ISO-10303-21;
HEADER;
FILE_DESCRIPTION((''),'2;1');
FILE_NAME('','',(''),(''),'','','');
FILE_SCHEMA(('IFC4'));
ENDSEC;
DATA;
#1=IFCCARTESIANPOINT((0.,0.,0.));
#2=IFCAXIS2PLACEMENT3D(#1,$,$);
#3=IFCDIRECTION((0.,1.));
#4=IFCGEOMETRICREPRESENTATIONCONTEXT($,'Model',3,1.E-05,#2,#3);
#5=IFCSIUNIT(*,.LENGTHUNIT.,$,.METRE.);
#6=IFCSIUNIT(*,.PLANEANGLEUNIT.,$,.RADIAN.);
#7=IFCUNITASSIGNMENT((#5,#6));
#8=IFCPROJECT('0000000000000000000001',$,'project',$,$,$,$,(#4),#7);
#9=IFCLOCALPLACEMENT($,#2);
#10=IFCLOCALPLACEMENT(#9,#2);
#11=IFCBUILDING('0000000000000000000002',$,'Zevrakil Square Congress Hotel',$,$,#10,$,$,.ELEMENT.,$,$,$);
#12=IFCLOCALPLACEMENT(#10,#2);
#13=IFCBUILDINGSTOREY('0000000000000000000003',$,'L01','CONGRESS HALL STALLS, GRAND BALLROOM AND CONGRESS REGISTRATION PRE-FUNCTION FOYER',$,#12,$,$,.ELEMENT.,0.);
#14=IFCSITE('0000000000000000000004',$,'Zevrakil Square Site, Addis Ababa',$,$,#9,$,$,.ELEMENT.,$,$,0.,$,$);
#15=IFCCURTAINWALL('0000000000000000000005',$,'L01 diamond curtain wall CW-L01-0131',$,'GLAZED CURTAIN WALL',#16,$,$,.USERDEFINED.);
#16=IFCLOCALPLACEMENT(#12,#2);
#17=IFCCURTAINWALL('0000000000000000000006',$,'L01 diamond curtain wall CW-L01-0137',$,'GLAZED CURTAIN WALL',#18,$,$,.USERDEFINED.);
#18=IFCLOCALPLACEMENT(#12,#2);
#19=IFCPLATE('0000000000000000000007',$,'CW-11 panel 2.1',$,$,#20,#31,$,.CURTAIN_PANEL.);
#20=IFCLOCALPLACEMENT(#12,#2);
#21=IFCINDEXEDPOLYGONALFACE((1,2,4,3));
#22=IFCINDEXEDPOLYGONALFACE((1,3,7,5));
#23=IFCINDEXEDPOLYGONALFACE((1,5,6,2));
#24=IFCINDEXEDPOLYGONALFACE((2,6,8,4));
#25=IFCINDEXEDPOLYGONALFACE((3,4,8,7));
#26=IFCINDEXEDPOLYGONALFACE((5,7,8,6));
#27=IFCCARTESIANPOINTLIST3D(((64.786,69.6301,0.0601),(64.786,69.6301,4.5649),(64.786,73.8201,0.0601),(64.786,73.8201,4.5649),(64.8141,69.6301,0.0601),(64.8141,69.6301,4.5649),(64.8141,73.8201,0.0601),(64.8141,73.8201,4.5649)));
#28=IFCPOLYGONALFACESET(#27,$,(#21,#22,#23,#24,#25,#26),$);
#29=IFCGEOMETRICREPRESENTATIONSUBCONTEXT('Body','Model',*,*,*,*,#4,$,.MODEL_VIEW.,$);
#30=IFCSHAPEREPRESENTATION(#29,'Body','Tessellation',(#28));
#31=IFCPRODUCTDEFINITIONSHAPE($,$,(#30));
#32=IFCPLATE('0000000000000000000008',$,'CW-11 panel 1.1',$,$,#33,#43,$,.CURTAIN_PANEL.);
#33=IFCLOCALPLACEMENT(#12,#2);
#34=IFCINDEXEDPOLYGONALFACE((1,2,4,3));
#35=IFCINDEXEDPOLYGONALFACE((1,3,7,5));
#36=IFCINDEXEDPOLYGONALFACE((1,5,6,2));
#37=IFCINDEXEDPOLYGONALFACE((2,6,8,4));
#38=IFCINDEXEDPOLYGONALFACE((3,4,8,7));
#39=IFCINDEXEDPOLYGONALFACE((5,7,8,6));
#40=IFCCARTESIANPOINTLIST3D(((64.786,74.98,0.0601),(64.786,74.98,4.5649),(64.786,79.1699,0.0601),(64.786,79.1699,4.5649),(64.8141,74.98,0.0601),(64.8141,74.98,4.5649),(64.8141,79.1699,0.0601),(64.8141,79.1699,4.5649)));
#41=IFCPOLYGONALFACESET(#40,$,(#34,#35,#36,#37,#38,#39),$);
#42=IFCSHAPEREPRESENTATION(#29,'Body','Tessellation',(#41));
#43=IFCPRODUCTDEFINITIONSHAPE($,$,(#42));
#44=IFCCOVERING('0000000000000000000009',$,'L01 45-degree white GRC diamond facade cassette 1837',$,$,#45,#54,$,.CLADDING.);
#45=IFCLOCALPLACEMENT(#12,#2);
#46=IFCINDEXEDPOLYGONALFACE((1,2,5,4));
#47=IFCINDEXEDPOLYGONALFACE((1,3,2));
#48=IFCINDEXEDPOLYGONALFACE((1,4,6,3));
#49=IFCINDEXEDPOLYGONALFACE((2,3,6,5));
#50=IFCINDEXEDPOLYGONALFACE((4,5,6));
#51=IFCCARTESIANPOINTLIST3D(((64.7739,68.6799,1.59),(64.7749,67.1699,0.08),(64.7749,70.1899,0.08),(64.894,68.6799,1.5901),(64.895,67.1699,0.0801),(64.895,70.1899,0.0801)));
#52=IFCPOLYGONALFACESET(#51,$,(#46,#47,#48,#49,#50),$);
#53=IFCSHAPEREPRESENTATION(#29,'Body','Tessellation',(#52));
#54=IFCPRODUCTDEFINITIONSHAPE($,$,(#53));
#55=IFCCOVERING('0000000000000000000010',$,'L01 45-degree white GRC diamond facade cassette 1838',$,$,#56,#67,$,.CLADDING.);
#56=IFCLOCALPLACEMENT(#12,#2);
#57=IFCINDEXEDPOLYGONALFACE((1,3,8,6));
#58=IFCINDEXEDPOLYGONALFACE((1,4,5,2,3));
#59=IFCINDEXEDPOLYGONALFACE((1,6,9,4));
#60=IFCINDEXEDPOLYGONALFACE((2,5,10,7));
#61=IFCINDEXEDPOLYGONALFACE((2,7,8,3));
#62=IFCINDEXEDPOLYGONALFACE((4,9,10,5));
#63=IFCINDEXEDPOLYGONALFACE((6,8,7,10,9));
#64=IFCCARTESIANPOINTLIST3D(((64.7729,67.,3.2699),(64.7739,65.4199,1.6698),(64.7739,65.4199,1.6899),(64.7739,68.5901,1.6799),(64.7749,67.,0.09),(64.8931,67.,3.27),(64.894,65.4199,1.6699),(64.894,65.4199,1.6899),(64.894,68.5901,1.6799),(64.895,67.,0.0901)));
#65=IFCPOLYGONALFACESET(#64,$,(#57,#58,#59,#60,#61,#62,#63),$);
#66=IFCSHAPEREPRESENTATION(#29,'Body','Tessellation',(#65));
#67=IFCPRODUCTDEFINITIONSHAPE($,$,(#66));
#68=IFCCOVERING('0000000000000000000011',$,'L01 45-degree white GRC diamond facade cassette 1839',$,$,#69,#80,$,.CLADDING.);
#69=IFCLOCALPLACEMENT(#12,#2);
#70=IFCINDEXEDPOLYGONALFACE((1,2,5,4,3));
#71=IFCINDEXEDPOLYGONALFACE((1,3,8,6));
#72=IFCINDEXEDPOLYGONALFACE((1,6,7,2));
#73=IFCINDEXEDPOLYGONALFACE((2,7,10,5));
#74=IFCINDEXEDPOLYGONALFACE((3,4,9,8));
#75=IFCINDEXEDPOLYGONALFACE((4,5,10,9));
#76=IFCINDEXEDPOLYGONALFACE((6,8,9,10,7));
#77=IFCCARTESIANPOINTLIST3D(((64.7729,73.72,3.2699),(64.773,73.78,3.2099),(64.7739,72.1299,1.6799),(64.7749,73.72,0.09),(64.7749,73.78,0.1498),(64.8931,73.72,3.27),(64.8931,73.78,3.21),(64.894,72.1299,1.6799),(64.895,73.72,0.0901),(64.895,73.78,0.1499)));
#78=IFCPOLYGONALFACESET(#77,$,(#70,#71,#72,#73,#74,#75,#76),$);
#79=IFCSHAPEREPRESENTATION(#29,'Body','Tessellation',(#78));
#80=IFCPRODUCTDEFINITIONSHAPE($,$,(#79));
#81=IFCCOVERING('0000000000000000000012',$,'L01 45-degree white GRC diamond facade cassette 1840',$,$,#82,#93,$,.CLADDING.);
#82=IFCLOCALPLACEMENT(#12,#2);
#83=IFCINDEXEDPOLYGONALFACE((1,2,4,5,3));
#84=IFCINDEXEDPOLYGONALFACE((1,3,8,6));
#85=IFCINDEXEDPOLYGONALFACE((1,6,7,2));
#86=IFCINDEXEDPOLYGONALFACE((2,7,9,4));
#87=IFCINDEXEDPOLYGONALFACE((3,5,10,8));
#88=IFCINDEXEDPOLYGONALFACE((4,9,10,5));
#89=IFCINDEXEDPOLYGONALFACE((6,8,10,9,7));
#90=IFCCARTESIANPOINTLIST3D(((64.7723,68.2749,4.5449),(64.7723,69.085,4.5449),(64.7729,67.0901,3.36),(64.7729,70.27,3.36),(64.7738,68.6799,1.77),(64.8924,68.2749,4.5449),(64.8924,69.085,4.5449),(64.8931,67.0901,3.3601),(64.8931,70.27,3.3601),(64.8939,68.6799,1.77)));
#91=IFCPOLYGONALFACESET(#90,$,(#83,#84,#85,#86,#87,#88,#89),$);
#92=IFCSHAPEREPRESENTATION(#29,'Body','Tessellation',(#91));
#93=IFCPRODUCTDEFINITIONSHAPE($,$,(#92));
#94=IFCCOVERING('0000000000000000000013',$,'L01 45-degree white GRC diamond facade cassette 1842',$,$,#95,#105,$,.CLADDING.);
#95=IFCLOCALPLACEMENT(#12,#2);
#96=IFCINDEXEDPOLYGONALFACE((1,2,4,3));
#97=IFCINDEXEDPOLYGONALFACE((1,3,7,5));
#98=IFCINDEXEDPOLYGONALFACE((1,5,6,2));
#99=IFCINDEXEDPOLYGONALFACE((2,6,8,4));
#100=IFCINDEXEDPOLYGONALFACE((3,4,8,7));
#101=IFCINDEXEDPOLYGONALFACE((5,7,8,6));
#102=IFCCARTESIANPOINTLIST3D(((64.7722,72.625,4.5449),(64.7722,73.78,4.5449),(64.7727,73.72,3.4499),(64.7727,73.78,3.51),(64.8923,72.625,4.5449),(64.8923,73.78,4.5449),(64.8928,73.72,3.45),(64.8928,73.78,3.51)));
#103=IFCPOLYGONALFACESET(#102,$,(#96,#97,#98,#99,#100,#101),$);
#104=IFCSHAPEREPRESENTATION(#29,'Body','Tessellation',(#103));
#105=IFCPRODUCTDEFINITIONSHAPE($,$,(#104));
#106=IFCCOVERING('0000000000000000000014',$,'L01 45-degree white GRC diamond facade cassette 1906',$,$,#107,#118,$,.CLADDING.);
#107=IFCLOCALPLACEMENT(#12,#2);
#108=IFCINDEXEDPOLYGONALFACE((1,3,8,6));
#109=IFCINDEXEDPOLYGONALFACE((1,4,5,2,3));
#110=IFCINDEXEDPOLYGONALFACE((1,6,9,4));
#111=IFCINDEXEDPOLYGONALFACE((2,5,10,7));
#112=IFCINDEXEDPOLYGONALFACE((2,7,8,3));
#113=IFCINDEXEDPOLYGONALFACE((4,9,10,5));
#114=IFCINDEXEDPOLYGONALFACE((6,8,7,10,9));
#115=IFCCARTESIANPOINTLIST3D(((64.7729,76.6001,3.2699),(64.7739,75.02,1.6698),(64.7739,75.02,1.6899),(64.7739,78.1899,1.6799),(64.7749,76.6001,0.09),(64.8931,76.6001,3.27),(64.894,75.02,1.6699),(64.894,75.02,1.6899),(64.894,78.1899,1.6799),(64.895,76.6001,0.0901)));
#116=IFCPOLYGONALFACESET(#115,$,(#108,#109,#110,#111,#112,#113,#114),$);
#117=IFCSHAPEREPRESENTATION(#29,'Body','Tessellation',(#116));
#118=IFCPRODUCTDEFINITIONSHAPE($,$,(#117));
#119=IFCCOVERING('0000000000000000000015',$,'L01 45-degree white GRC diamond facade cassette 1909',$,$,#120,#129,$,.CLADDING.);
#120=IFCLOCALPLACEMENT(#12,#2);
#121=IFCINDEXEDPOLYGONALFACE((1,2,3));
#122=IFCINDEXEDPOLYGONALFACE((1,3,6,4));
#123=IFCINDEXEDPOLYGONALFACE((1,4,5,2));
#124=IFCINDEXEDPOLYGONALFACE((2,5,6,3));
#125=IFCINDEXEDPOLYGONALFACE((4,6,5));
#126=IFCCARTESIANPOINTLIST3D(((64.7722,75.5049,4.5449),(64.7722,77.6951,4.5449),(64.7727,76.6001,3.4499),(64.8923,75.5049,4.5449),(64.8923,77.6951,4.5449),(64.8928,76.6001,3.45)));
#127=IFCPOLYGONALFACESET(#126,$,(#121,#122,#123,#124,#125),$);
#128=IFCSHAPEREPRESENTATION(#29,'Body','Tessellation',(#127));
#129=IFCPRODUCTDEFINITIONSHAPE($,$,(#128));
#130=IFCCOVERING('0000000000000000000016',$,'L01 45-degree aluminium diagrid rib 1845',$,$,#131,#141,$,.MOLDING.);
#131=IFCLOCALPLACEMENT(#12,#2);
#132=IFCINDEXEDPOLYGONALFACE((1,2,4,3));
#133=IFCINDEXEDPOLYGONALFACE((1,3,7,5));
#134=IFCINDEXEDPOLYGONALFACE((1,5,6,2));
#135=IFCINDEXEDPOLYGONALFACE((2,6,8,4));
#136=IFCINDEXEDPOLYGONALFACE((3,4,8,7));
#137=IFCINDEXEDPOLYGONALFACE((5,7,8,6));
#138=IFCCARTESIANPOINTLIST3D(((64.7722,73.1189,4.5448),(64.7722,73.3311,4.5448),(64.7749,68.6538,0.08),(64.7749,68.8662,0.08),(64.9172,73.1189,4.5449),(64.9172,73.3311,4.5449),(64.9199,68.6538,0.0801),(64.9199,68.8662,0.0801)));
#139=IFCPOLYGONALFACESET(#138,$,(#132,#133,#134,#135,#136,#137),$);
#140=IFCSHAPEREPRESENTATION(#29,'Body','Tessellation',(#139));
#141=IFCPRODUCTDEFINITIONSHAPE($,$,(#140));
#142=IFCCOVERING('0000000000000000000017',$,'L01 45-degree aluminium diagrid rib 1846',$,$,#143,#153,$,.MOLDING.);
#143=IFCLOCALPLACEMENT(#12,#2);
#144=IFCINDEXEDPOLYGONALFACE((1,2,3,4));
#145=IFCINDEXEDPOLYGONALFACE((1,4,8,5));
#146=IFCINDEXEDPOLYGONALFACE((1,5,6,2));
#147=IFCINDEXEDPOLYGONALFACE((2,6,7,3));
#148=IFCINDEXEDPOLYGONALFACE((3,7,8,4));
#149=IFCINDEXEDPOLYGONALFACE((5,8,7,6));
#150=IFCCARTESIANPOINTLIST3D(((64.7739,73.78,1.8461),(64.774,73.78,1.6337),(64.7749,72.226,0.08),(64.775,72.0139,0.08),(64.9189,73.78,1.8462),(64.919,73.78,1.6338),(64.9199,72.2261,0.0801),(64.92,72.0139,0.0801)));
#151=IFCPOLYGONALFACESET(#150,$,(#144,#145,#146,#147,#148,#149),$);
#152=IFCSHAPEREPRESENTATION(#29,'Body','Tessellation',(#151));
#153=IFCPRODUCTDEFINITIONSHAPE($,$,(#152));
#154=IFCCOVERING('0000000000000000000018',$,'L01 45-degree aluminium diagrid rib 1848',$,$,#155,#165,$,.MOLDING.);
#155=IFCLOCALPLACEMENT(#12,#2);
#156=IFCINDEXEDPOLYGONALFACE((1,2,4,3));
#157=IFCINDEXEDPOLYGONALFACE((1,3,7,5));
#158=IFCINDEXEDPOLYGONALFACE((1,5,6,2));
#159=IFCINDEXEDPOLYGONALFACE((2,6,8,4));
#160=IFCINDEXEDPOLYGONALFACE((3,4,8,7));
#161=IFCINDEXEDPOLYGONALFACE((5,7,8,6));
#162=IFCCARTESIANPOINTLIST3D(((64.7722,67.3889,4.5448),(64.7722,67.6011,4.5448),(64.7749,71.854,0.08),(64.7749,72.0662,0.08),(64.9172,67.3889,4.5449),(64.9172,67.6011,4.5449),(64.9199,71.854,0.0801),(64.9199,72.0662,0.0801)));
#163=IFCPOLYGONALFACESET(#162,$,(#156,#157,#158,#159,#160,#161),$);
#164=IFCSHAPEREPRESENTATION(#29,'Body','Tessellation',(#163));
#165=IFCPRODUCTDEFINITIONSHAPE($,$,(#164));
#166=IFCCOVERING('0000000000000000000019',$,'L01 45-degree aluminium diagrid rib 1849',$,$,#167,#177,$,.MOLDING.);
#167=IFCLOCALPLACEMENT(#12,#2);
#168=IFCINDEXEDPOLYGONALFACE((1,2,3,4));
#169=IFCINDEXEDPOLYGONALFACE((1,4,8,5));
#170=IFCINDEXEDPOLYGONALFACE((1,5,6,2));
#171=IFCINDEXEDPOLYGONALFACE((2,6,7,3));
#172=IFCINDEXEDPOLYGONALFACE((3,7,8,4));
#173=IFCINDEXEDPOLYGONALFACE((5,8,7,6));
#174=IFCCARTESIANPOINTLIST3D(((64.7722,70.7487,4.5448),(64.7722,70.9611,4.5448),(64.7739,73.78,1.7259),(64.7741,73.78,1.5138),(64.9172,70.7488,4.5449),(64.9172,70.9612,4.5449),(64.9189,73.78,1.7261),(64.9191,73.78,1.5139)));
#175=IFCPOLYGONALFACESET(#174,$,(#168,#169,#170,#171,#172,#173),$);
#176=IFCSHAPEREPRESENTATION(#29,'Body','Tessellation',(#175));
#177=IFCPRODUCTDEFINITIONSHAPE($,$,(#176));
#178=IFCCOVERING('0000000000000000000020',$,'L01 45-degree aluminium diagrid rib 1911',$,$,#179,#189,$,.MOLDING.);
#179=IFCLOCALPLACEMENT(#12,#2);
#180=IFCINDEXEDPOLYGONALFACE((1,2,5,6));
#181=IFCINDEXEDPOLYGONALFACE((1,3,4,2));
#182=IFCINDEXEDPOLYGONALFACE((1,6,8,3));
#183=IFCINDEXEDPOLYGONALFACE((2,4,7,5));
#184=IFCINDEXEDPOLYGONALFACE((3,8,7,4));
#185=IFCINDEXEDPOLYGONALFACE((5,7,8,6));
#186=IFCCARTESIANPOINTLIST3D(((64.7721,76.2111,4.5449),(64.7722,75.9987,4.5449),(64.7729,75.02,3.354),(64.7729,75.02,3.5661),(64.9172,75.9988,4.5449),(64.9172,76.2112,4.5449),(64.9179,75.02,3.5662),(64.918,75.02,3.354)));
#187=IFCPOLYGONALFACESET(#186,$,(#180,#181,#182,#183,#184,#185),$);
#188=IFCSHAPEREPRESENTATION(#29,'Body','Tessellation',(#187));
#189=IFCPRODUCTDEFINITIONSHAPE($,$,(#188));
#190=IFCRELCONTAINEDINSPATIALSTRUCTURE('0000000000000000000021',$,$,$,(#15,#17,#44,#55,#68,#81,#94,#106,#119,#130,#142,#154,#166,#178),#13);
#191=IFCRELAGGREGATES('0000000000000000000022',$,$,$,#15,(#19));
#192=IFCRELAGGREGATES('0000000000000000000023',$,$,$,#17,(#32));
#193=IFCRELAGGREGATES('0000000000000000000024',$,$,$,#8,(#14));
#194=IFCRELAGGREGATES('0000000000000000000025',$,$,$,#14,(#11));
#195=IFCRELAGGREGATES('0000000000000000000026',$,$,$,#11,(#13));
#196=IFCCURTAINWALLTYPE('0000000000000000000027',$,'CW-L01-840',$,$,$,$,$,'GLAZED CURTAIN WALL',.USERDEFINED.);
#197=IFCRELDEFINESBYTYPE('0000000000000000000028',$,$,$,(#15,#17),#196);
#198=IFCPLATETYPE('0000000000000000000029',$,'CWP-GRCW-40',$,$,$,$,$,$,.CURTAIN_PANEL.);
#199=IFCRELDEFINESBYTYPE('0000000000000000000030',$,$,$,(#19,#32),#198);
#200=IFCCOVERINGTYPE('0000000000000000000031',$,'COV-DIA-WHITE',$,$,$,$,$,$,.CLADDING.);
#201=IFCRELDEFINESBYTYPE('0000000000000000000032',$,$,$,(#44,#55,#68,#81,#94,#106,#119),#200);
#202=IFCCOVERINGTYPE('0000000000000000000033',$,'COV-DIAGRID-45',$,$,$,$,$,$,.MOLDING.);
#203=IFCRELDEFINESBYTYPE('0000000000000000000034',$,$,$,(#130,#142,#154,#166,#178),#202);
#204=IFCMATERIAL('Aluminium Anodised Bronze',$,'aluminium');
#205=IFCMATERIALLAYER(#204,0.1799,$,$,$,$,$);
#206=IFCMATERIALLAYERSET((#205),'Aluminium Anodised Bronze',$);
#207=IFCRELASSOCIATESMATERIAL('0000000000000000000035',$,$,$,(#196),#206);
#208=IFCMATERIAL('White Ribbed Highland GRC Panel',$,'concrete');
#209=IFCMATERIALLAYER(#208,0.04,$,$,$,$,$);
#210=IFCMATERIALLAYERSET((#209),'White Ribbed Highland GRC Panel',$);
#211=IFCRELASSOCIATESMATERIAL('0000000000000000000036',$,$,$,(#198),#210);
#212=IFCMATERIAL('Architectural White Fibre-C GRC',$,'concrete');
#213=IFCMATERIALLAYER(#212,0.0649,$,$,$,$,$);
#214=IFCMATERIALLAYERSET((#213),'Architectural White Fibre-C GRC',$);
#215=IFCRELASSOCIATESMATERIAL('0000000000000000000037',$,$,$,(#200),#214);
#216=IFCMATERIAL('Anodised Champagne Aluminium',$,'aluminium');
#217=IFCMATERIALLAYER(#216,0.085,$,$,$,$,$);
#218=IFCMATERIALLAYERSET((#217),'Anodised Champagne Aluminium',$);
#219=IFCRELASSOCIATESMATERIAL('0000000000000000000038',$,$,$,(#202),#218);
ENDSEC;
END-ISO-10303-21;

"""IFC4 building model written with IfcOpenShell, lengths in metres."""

from ifc_helpers import new_model, si_unit, direction, frame, origin, origin_2d, place, context, subcontext, project, spatial, polyline, rectangle, outline, extrude, material, layer, layer_set, type_object, element, aggregate, save


model = new_model("IFC4")

# Units and contexts
model_context = context("Model", 3, precision=1e-05, world=origin(), true_north=direction((0.0, 1.0)))
body_context = subcontext(model_context, "Body", "Model", "MODEL_VIEW")
ifc_project = project(units=[si_unit("LENGTHUNIT", "METRE"), si_unit("PLANEANGLEUNIT", "RADIAN")], contexts=[model_context])

# Site, building, storey
site_placement = place(None, origin())
site = spatial("IfcSite", under=ifc_project, at=site_placement, Name="Zevrakil Square Site, Addis Ababa", CompositionType="ELEMENT", RefElevation=0.0)
building_placement = place(site_placement, origin())
building = spatial("IfcBuilding", under=site, at=building_placement, Name="Zevrakil Square Congress Hotel", CompositionType="ELEMENT")
storey_placement = place(building_placement, origin())
storey = spatial("IfcBuildingStorey", under=building, at=storey_placement, Name="L01", Description="CONGRESS HALL STALLS, GRAND BALLROOM AND CONGRESS REGISTRATION PRE-FUNCTION FOYER", CompositionType="ELEMENT", Elevation=0.0)

# Curtain walls
ifc_material_1 = material(Name="Aluminium Anodised Bronze", Category="aluminium")
ifc_layer_1 = layer(ifc_material_1, 0.1799)
ifc_layer_set_1 = layer_set([ifc_layer_1], Name="Aluminium Anodised Bronze")
curtain_wall_type = type_object("IfcCurtainWallType", Name="CW-L01-840", ElementType="GLAZED CURTAIN WALL", PredefinedType="USERDEFINED", material=ifc_layer_set_1)
curtain_wall_1_placement = place(storey_placement, origin())
curtain_wall_1 = element("IfcCurtainWall", 1, at=curtain_wall_1_placement, inside=storey, type_object=curtain_wall_type, Name="L01 diamond curtain wall CW-L01-0131", ObjectType="GLAZED CURTAIN WALL", PredefinedType="USERDEFINED")
curtain_wall_2_placement = place(storey_placement, origin())
curtain_wall_2 = element("IfcCurtainWall", 2, at=curtain_wall_2_placement, inside=storey, type_object=curtain_wall_type, Name="L01 diamond curtain wall CW-L01-0137", ObjectType="GLAZED CURTAIN WALL", PredefinedType="USERDEFINED")

# Plates
ifc_material_2 = material(Name="White Ribbed Highland GRC Panel", Category="concrete")
ifc_layer_2 = layer(ifc_material_2, 0.04)
ifc_layer_set_2 = layer_set([ifc_layer_2], Name="White Ribbed Highland GRC Panel")
plate_type = type_object("IfcPlateType", Name="CWP-GRCW-40", PredefinedType="CURTAIN_PANEL", material=ifc_layer_set_2)
plate_1_placement = place(storey_placement, frame((64.8, 71.7251, 0.0601), z_axis=(0.0, 0.0, 1.0), x_axis=(0.0, 1.0, 0.0)))
plate_1 = element("IfcPlate", 3, at=plate_1_placement, type_object=plate_type, Name="CW-11 panel 2.1", PredefinedType="CURTAIN_PANEL", context=body_context, shape_type="SweptSolid", body=[
    extrude(rectangle(XDim=4.1899, YDim=0.0281, at=origin_2d()), origin(), (0.0, 0.0, 1.0), 4.5049),
])
aggregate(curtain_wall_1, [plate_1])
plate_2_placement = place(storey_placement, frame((64.8, 77.075, 0.0601), z_axis=(0.0, 0.0, 1.0), x_axis=(0.0, 1.0, 0.0)))
plate_2 = element("IfcPlate", 4, at=plate_2_placement, type_object=plate_type, Name="CW-11 panel 1.1", PredefinedType="CURTAIN_PANEL", context=body_context, shape_type="SweptSolid", body=[
    extrude(rectangle(XDim=4.1899, YDim=0.0281, at=origin_2d()), origin(), (0.0, 0.0, 1.0), 4.5049),
])
aggregate(curtain_wall_2, [plate_2])

# Coverings
ifc_material_3 = material(Name="Architectural White Fibre-C GRC", Category="concrete")
ifc_layer_3 = layer(ifc_material_3, 0.0649)
ifc_layer_set_3 = layer_set([ifc_layer_3], Name="Architectural White Fibre-C GRC")
covering_type_1 = type_object("IfcCoveringType", Name="COV-DIA-WHITE", PredefinedType="CLADDING", material=ifc_layer_set_3)
covering_1_placement = place(storey_placement, frame((64.894, 68.6799, 1.5901), z_axis=(1.0, 0.0, 0.000647), x_axis=(0.000457, 0.707107, -0.707107)))
element("IfcCovering", 5, at=covering_1_placement, inside=storey, type_object=covering_type_1, Name="L01 45-degree white GRC diamond facade cassette 1837", PredefinedType="CLADDING", context=body_context, shape_type="SweptSolid", body=[
    extrude(outline(polyline([(0.0, 0.0), (2.1355, 0.0), (0.0, -2.1355), (0.0, 0.0)])), origin(), (0.0, 0.0, -1.0), 0.1201),
])
covering_2_placement = place(storey_placement, frame((64.8931, 67.0, 3.27), z_axis=(1.0, 0.0, 0.000612), x_axis=(0.000433, 0.707107, -0.707107)))
element("IfcCovering", 6, at=covering_2_placement, inside=storey, type_object=covering_type_1, Name="L01 45-degree white GRC diamond facade cassette 1838", PredefinedType="CLADDING", context=body_context, shape_type="SweptSolid", body=[
    extrude(outline(polyline([(0.0, 0.0), (2.2487, 0.0), (2.2486, -2.2486), (0.0142, -2.2487), (0.0, -2.2346), (0.0, 0.0)])), origin(), (0.0, 0.0, -1.0), 0.1201),
])
covering_3_placement = place(storey_placement, frame((64.895, 73.72, 0.0901), z_axis=(1.0, 0.0, 0.000615), x_axis=(-0.000435, -0.707161, 0.707052)))
element("IfcCovering", 7, at=covering_3_placement, inside=storey, type_object=covering_type_1, Name="L01 45-degree white GRC diamond facade cassette 1839", PredefinedType="CLADDING", context=body_context, shape_type="SweptSolid", body=[
    extrude(outline(polyline([(0.0, 0.0), (2.2486, 0.0), (2.2484, -2.2487), (2.1634, -2.2487), (-0.0002, -0.0848), (0.0, 0.0)])), origin(), (0.0, 0.0, -1.0), 0.1201),
])
covering_4_placement = place(storey_placement, frame((64.8931, 70.27, 3.3601), z_axis=(1.0, 0.0, 0.000537), x_axis=(0.00038, -0.707107, -0.707107)))
element("IfcCovering", 8, at=covering_4_placement, inside=storey, type_object=covering_type_1, Name="L01 45-degree white GRC diamond facade cassette 1840", PredefinedType="CLADDING", context=body_context, shape_type="SweptSolid", body=[
    extrude(outline(polyline([(0.0, 0.0), (2.2487, 0.0), (2.2486, -2.2486), (0.573, -2.2486), (0.0002, -1.6758), (0.0, 0.0)])), origin(), (0.0, 0.0, -1.0), 0.1201),
])
covering_5_placement = place(storey_placement, frame((64.8928, 73.72, 3.45), z_axis=(1.0, -0.000022, 0.000447), x_axis=(-0.000332, -0.707107, 0.707107)))
element("IfcCovering", 9, at=covering_5_placement, inside=storey, type_object=covering_type_1, Name="L01 45-degree white GRC diamond facade cassette 1842", PredefinedType="CLADDING", context=body_context, shape_type="SweptSolid", body=[
    extrude(outline(polyline([(0.0, 0.0), (1.5485, 0.0), (0.7318, -0.8167), (0.0, -0.0849), (0.0, 0.0)])), origin(), (0.0, 0.0, -1.0), 0.1201),
])
covering_6_placement = place(storey_placement, frame((64.8931, 76.6001, 3.27), z_axis=(1.0, 0.0, 0.000612), x_axis=(0.000433, 0.707052, -0.707161)))
element("IfcCovering", 10, at=covering_6_placement, inside=storey, type_object=covering_type_1, Name="L01 45-degree white GRC diamond facade cassette 1906", PredefinedType="CLADDING", context=body_context, shape_type="SweptSolid", body=[
    extrude(outline(polyline([(0.0, 0.0), (2.2486, 0.0), (2.2487, -2.2484), (0.0143, -2.2487), (0.0002, -2.2346), (0.0, 0.0)])), origin(), (0.0, 0.0, -1.0), 0.1201),
])
covering_7_placement = place(storey_placement, frame((64.8928, 76.6001, 3.45), z_axis=(1.0, 0.0, 0.000446), x_axis=(-0.000315, -0.707186, 0.707028)))
element("IfcCovering", 11, at=covering_7_placement, inside=storey, type_object=covering_type_1, Name="L01 45-degree white GRC diamond facade cassette 1909", PredefinedType="CLADDING", context=body_context, shape_type="SweptSolid", body=[
    extrude(outline(polyline([(0.0, 0.0), (1.5487, 0.0), (-0.0002, -1.5485), (0.0, 0.0)])), origin(), (0.0, 0.0, -1.0), 0.1201),
])
ifc_material_4 = material(Name="Anodised Champagne Aluminium", Category="aluminium")
ifc_layer_4 = layer(ifc_material_4, 0.085)
ifc_layer_set_4 = layer_set([ifc_layer_4], Name="Anodised Champagne Aluminium")
covering_type_2 = type_object("IfcCoveringType", Name="COV-DIAGRID-45", PredefinedType="MOLDING", material=ifc_layer_set_4)
covering_8_placement = place(storey_placement, frame((64.9199, 68.8662, 0.0801), z_axis=(1.0, 0.0, 0.000601), x_axis=(0.0, -1.0, 0.0)))
element("IfcCovering", 12, at=covering_8_placement, inside=storey, type_object=covering_type_2, Name="L01 45-degree aluminium diagrid rib 1845", PredefinedType="MOLDING", context=body_context, shape_type="SweptSolid", body=[
    extrude(outline(polyline([(0.0, 0.0), (0.2124, 0.0), (-4.2527, -4.4648), (-4.4648, -4.4648), (0.0, 0.0)])), origin(), (0.0, 0.0, -1.0), 0.145),
])
covering_9_placement = place(storey_placement, frame((64.9199, 72.2261, 0.0801), z_axis=(1.0, 0.000294, 0.000294), x_axis=(0.000294, -1.0, 0.0)))
element("IfcCovering", 13, at=covering_9_placement, inside=storey, type_object=covering_type_2, Name="L01 45-degree aluminium diagrid rib 1846", PredefinedType="MOLDING", context=body_context, shape_type="SweptSolid", body=[
    extrude(outline(polyline([(0.0, 0.0), (0.2122, 0.0), (-1.554, -1.7661), (-1.554, -1.5537), (0.0, 0.0)])), origin(), (0.0, 0.0, -1.0), 0.145),
])
covering_10_placement = place(storey_placement, frame((64.9172, 67.3889, 4.5449), z_axis=(1.0, 0.0, 0.000601), x_axis=(0.0, 1.0, 0.0)))
element("IfcCovering", 14, at=covering_10_placement, inside=storey, type_object=covering_type_2, Name="L01 45-degree aluminium diagrid rib 1848", PredefinedType="MOLDING", context=body_context, shape_type="SweptSolid", body=[
    extrude(outline(polyline([(0.0, 0.0), (0.2122, 0.0), (4.6772, -4.4648), (4.4651, -4.4648), (0.0, 0.0)])), origin(), (0.0, 0.0, -1.0), 0.145),
])
covering_11_placement = place(storey_placement, frame((64.9172, 70.7488, 4.5449), z_axis=(1.0, 0.000262, 0.000888), x_axis=(-0.000262, 1.0, 0.0)))
element("IfcCovering", 15, at=covering_11_placement, inside=storey, type_object=covering_type_2, Name="L01 45-degree aluminium diagrid rib 1849", PredefinedType="MOLDING", context=body_context, shape_type="SweptSolid", body=[
    extrude(outline(polyline([(0.0, 0.0), (0.2124, 0.0), (3.0313, -2.8188), (3.0313, -3.031), (0.0, 0.0)])), origin(), (0.0, 0.0, -1.0), 0.145),
])
covering_12_placement = place(storey_placement, frame((64.918, 75.02, 3.354), z_axis=(1.0, 0.000337, 0.000338), x_axis=(-0.000338, 0.0, 1.0)))
element("IfcCovering", 16, at=covering_12_placement, inside=storey, type_object=covering_type_2, Name="L01 45-degree aluminium diagrid rib 1911", PredefinedType="MOLDING", context=body_context, shape_type="SweptSolid", body=[
    extrude(outline(polyline([(0.0, 0.0), (0.2122, 0.0), (1.1909, -0.9788), (1.1909, -1.1912), (0.0, 0.0)])), origin(), (0.0, 0.0, -1.0), 0.145),
])

save(model, "model.ifc")
